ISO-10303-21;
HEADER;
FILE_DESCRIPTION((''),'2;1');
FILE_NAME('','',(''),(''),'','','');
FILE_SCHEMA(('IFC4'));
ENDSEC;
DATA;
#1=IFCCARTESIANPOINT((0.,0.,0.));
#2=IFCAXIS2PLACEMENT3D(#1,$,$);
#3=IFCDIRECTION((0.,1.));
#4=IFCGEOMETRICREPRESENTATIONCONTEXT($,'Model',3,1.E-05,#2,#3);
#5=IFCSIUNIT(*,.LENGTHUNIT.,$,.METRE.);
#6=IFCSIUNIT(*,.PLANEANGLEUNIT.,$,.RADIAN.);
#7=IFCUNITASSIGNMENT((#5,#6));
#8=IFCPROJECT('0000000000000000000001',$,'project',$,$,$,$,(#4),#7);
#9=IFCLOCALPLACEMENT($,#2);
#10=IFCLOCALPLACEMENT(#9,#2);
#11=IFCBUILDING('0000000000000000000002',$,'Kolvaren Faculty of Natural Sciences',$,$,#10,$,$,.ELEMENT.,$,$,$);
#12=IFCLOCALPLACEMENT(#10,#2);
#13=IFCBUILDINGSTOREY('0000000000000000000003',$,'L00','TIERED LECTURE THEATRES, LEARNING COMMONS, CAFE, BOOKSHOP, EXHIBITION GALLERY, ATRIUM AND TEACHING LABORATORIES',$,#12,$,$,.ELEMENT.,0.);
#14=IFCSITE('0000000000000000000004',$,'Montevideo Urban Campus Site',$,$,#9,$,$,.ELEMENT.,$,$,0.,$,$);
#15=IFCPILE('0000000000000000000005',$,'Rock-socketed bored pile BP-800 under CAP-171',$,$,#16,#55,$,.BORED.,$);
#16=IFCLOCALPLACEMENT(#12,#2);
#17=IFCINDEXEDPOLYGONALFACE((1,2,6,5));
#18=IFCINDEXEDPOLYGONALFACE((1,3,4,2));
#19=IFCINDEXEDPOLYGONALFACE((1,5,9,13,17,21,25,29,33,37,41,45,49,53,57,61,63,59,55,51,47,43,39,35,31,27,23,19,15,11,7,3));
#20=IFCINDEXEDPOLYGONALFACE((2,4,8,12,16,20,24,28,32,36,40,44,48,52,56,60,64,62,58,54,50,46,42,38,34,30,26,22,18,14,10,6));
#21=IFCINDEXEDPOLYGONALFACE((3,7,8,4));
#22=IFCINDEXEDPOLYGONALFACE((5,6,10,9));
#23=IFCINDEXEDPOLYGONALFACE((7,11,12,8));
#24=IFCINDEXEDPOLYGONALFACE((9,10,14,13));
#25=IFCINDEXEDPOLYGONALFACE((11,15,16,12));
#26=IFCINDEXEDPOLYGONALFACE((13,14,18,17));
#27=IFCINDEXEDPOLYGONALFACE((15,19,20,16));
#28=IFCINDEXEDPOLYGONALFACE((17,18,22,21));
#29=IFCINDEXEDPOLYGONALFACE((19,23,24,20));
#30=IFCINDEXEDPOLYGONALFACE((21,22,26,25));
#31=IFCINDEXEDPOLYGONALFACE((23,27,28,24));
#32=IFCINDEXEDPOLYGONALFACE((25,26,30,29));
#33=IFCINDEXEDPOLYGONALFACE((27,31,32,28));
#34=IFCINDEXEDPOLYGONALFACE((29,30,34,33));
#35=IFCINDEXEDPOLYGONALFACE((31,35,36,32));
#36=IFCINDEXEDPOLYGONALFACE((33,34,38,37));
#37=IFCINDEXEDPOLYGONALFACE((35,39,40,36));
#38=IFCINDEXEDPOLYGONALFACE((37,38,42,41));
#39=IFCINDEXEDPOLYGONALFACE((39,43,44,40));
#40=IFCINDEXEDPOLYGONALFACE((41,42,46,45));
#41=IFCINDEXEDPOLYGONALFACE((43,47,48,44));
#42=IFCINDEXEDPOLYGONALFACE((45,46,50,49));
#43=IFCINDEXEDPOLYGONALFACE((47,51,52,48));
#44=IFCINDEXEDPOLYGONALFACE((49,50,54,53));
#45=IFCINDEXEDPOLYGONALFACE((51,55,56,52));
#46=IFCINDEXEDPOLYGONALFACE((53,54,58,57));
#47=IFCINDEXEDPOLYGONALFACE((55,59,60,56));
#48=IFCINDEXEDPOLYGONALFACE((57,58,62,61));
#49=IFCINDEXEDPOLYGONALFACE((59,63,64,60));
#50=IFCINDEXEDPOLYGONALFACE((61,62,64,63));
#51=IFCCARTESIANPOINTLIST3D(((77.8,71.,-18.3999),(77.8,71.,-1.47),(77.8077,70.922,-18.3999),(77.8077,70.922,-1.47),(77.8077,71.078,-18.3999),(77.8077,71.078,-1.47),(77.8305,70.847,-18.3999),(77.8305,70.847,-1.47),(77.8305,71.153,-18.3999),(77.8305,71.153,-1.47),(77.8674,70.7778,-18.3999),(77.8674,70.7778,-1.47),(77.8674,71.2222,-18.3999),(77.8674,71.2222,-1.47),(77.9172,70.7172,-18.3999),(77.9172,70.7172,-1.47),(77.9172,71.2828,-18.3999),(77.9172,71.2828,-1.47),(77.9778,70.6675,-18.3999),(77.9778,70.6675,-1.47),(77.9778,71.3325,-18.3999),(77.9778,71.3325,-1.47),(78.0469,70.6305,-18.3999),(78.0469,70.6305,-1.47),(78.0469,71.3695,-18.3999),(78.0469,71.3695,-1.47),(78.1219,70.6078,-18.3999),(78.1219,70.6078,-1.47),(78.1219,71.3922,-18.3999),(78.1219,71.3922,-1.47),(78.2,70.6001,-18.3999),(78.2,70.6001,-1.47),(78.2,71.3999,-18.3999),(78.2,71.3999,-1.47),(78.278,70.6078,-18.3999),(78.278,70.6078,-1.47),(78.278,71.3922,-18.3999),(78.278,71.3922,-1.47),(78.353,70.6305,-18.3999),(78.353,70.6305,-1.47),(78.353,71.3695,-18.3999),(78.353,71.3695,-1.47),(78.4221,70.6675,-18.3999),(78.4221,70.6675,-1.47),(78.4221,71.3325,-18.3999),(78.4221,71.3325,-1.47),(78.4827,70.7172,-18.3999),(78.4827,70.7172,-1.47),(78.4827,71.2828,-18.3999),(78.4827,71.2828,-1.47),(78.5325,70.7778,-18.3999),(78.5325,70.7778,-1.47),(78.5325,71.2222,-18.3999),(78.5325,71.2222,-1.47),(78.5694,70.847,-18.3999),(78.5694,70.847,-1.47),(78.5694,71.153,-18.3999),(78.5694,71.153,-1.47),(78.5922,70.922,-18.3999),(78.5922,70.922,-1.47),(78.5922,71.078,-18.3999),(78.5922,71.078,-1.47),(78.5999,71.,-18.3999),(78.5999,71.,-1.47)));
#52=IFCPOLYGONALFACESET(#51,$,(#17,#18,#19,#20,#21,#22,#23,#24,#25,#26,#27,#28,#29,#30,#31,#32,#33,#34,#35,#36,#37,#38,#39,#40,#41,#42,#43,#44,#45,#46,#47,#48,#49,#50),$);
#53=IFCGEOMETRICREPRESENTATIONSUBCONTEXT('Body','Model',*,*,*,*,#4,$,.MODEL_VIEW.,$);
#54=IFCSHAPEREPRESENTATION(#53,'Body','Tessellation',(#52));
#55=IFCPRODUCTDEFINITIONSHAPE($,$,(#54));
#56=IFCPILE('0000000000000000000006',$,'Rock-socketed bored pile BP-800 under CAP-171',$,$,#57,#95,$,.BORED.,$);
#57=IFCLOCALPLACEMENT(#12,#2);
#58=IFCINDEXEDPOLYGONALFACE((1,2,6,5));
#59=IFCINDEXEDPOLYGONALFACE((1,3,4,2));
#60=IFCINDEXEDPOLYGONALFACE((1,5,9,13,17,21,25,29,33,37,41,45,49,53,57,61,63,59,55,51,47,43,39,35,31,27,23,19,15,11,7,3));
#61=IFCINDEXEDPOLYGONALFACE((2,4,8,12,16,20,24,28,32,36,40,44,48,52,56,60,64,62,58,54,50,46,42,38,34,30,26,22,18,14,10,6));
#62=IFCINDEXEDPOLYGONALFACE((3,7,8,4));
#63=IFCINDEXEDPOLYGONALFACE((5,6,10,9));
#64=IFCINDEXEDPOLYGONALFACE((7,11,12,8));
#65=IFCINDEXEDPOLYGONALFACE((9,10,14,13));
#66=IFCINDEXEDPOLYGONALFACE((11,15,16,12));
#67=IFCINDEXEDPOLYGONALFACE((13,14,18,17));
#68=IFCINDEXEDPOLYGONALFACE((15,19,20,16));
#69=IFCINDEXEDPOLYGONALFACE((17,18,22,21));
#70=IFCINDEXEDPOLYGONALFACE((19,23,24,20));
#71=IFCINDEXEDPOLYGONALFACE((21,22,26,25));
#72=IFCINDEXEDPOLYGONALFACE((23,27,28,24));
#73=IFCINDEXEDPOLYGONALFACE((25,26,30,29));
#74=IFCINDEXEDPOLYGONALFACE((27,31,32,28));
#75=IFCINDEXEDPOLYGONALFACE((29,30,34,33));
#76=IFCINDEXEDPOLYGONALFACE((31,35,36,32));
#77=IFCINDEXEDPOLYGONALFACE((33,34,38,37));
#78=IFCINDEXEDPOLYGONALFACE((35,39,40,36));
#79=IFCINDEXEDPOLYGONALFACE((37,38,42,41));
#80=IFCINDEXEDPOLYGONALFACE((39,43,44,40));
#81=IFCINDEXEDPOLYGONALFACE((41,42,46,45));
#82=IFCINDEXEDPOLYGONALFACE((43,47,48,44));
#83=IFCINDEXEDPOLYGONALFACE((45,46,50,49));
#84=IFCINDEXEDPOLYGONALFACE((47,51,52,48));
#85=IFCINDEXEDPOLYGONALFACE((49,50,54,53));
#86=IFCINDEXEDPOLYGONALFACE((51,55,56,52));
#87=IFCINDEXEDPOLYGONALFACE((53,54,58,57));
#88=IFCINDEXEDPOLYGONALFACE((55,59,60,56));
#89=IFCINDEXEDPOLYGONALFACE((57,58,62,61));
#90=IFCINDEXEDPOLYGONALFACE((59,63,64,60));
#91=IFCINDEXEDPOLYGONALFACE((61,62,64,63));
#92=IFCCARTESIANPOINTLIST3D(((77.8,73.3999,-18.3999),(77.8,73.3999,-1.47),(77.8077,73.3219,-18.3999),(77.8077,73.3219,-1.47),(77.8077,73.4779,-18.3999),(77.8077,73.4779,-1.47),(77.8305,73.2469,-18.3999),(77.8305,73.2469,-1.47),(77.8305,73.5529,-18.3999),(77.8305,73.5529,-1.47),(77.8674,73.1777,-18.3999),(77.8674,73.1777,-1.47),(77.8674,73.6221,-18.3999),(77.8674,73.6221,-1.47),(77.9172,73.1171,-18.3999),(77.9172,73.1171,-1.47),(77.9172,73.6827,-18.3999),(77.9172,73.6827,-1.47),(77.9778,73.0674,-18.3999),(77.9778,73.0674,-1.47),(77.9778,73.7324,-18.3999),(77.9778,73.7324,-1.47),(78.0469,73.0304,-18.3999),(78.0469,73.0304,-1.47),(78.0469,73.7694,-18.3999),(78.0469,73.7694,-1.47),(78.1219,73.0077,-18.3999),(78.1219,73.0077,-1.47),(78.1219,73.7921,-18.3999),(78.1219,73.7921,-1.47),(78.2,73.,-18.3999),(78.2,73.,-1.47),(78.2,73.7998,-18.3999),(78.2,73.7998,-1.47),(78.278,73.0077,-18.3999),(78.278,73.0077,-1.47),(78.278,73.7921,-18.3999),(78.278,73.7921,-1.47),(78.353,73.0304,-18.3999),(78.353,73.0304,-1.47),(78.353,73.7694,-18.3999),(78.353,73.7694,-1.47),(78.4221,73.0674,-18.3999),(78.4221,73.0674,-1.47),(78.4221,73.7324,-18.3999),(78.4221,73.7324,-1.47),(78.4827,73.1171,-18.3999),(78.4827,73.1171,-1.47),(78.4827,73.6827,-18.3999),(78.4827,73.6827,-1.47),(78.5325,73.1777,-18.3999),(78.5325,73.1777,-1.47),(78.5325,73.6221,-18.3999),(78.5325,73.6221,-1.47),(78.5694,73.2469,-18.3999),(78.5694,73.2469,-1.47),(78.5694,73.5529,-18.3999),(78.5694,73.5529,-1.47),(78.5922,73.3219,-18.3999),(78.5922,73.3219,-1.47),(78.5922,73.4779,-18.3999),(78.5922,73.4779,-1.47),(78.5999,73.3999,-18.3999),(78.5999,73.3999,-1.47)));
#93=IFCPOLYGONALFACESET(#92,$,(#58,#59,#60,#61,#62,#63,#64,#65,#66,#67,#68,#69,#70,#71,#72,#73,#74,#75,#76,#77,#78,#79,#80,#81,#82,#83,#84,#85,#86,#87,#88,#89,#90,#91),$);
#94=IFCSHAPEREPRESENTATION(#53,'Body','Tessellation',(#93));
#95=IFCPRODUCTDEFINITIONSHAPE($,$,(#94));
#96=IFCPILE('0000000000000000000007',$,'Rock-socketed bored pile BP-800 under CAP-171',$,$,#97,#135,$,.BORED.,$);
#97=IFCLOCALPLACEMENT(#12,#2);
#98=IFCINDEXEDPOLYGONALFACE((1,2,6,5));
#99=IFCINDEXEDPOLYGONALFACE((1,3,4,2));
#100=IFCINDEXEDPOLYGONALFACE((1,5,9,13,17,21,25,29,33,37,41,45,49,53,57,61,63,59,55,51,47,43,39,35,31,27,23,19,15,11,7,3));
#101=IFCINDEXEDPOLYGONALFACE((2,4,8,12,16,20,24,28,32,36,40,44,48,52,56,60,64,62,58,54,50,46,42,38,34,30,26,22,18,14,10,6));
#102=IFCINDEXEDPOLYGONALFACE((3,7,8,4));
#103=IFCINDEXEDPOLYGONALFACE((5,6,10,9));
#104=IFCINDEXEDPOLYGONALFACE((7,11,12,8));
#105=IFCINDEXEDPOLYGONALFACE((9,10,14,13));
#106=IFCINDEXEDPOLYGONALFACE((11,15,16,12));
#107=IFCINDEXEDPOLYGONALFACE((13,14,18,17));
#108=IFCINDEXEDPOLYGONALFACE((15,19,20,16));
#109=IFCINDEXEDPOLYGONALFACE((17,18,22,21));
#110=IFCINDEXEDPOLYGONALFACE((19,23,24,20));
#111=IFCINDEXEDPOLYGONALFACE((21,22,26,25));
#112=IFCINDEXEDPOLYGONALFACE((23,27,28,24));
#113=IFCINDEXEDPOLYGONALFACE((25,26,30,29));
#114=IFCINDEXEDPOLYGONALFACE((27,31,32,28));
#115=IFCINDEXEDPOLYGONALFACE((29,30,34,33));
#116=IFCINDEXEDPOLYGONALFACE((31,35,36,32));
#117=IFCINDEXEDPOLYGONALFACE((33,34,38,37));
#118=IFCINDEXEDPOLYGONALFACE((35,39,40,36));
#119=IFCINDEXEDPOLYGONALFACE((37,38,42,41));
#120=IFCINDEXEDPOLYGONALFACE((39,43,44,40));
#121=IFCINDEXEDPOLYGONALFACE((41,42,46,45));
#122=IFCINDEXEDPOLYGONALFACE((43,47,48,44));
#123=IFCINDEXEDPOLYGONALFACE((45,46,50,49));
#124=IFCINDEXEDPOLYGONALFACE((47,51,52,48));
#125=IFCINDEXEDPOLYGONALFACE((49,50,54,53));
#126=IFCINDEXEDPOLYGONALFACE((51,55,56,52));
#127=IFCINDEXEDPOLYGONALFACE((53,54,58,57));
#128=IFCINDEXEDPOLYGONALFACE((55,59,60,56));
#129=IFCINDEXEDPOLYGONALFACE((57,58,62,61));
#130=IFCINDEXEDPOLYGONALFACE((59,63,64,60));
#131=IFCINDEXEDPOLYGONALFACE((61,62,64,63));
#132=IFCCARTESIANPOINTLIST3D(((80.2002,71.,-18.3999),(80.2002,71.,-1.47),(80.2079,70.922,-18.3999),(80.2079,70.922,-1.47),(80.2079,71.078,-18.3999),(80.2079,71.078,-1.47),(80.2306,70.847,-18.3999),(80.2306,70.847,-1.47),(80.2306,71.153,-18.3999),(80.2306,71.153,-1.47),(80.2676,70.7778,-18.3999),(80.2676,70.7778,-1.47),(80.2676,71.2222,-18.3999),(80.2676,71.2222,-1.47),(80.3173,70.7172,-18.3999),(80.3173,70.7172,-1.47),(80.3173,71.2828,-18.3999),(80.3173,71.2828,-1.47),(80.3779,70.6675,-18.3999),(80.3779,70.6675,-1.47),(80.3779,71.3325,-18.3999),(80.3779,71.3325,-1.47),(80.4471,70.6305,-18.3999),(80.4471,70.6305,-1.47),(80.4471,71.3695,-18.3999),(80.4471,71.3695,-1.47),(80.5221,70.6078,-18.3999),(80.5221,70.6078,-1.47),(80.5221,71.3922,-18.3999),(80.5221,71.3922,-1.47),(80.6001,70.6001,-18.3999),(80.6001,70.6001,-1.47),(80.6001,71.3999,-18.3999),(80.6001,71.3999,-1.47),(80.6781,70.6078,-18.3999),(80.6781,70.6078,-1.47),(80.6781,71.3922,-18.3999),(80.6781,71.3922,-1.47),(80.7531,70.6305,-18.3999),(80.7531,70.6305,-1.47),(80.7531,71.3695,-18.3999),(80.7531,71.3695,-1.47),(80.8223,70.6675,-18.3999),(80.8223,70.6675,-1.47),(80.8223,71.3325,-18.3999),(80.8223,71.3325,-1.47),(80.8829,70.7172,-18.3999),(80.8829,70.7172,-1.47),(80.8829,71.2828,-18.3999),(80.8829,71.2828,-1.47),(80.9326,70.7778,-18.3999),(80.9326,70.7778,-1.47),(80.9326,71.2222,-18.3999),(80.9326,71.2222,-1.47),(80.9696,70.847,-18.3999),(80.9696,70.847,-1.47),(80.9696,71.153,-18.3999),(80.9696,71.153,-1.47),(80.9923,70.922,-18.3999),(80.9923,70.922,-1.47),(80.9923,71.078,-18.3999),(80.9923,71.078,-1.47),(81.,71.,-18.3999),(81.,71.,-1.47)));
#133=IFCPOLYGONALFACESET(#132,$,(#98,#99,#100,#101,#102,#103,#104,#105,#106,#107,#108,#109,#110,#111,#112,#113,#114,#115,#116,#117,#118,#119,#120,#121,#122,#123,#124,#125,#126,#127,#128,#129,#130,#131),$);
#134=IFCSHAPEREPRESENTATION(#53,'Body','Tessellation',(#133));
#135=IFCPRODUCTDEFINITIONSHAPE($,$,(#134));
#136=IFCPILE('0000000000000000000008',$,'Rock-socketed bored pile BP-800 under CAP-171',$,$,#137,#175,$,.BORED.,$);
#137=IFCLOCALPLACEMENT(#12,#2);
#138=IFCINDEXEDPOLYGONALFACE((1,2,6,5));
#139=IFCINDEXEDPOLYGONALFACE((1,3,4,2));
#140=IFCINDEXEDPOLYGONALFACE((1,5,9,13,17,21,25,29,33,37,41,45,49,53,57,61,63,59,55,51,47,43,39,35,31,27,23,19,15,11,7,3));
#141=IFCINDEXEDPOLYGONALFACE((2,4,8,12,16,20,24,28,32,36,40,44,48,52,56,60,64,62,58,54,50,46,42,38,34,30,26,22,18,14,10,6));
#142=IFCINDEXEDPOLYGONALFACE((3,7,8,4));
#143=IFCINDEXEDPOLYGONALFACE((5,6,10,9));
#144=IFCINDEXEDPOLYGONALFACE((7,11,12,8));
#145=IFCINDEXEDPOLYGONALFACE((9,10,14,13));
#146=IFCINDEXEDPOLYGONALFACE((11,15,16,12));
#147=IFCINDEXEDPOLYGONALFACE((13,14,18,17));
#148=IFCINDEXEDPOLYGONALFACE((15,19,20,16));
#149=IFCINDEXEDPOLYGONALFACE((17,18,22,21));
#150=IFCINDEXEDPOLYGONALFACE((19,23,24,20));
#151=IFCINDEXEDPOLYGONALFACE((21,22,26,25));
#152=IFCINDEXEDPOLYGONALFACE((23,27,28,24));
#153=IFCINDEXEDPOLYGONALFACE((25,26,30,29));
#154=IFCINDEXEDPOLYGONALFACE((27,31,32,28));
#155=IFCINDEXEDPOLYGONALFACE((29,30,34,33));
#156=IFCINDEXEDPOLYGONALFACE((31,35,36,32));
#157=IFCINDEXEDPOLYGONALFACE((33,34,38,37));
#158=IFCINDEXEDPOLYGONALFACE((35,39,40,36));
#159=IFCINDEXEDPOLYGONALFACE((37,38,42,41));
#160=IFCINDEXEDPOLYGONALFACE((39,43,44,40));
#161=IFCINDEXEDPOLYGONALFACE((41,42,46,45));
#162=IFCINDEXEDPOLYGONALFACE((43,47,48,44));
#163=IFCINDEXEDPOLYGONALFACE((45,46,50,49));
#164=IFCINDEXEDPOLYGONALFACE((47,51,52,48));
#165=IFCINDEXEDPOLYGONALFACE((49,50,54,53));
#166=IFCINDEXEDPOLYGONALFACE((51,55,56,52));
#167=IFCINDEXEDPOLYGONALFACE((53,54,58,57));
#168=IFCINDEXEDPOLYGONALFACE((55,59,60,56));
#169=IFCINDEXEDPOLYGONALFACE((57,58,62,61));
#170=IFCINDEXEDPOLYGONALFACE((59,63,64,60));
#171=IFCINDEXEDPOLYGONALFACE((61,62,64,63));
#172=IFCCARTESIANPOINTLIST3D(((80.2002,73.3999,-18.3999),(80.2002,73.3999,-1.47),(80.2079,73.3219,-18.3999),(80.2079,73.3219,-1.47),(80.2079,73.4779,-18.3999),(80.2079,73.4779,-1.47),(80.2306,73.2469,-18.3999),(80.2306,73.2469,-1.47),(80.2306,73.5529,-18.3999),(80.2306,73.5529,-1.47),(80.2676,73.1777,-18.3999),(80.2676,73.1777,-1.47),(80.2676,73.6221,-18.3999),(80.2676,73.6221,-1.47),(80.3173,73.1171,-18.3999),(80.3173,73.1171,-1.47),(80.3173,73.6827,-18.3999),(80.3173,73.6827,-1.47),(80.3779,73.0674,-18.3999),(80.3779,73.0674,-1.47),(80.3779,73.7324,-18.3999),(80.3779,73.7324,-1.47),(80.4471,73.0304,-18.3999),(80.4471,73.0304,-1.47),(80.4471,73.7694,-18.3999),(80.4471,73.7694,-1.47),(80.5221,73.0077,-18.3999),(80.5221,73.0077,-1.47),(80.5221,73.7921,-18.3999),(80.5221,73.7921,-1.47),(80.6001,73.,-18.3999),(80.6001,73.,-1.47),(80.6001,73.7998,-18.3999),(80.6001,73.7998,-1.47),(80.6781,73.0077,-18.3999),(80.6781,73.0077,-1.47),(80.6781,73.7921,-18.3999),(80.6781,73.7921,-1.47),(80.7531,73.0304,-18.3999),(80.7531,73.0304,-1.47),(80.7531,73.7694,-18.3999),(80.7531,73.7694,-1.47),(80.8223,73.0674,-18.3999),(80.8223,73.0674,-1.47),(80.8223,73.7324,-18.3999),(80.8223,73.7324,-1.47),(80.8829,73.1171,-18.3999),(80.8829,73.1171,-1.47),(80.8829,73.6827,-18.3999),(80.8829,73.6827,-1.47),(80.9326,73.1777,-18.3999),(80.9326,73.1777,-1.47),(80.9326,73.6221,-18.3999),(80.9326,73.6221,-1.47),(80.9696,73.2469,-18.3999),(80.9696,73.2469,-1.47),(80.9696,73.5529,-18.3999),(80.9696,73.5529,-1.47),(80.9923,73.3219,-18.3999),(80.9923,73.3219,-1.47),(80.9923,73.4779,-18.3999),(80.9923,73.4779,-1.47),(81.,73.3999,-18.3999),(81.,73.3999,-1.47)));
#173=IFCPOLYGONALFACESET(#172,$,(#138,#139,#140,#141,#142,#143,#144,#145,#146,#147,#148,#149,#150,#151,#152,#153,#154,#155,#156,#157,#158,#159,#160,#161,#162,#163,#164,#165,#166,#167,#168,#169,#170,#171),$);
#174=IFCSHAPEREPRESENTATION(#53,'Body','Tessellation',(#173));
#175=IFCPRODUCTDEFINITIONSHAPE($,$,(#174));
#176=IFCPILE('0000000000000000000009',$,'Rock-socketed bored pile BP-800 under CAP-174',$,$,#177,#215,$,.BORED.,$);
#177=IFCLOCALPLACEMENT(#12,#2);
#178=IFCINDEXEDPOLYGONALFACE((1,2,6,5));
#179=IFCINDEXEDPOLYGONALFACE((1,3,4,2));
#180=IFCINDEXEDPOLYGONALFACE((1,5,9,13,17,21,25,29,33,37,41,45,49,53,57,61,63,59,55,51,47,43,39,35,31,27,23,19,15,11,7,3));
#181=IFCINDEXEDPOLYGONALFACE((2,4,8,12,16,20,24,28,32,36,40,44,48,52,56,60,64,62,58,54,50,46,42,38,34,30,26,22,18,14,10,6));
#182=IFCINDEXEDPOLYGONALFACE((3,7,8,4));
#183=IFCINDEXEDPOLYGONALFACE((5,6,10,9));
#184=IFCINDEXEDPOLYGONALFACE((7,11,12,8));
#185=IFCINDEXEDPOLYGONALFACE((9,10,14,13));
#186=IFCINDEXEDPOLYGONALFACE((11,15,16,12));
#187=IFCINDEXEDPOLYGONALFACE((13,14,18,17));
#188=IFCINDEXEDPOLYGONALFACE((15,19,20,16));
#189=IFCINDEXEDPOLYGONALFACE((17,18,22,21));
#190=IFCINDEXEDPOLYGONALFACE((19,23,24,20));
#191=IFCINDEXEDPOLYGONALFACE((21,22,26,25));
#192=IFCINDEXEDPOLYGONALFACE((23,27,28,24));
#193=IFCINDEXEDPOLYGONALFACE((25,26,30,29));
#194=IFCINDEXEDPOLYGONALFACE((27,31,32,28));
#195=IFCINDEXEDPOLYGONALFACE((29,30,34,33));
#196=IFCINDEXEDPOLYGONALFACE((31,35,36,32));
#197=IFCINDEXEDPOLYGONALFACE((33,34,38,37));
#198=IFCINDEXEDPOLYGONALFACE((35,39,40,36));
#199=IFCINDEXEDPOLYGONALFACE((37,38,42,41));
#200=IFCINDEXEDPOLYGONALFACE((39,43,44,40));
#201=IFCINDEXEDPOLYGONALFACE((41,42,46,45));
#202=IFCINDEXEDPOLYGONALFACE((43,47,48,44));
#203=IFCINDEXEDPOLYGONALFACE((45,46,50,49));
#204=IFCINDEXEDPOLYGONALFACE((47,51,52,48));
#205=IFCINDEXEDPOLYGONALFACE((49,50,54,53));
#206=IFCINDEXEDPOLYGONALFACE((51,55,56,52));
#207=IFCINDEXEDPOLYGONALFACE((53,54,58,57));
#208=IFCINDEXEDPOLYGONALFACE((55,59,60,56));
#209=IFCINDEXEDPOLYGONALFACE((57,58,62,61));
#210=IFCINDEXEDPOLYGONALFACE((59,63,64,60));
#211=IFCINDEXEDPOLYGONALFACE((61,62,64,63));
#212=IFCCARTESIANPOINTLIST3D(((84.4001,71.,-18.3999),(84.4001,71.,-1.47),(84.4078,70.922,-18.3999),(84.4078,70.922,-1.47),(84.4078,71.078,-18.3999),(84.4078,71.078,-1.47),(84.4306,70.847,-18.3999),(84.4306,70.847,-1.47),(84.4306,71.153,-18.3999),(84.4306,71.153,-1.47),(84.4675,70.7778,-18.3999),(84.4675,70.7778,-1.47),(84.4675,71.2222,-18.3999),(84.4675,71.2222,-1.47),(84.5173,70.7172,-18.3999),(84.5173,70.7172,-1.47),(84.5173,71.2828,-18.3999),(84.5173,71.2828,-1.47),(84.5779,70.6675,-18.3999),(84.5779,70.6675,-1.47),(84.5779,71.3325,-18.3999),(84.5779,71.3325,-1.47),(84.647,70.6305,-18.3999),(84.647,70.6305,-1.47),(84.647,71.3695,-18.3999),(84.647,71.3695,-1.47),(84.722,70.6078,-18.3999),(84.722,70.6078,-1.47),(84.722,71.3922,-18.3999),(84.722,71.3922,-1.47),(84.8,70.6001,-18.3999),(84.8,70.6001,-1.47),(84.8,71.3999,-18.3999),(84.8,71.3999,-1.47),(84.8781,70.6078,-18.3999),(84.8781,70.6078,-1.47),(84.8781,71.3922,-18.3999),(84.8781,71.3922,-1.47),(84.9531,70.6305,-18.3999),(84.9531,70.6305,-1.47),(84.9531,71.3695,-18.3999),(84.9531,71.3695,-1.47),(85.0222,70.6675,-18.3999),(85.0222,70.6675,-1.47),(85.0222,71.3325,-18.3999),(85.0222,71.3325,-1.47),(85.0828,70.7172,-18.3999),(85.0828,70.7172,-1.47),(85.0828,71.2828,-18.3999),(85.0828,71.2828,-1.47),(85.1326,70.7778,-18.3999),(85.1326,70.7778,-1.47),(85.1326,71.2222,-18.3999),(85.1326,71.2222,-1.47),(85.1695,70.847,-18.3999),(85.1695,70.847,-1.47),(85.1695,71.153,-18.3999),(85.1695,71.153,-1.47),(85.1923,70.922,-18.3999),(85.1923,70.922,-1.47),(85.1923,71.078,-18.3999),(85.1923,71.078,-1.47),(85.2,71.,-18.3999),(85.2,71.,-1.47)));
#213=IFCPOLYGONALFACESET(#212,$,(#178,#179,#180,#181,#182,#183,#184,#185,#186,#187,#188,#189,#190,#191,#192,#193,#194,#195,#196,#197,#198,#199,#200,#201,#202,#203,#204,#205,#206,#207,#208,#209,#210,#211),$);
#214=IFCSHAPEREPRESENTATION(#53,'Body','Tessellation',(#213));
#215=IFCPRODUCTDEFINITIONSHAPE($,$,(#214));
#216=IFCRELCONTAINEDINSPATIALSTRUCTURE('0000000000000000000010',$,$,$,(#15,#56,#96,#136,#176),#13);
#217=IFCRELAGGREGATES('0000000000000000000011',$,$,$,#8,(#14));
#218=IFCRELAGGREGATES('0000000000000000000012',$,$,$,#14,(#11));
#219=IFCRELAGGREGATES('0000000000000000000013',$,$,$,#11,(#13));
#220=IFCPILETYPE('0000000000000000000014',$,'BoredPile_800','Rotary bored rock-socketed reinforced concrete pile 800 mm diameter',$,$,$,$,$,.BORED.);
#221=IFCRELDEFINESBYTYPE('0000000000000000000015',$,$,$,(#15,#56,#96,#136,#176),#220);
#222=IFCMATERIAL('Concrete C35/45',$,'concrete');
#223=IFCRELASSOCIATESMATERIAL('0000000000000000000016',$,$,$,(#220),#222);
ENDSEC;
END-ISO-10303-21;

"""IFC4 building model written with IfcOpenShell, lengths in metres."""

from ifc_helpers import new_model, si_unit, direction, frame, origin, origin_2d, place, context, subcontext, project, spatial, circle, extrude, material, material_profile, profile_set, type_object, element, save


model = new_model("IFC4")

# Units and contexts
model_context = context("Model", 3, precision=1e-05, world=origin(), true_north=direction((0.0, 1.0)))
body_context = subcontext(model_context, "Body", "Model", "MODEL_VIEW")
ifc_project = project(units=[si_unit("LENGTHUNIT", "METRE"), si_unit("PLANEANGLEUNIT", "RADIAN")], contexts=[model_context])

# Site, building, storey
site_placement = place(None, origin())
site = spatial("IfcSite", under=ifc_project, at=site_placement, Name="Montevideo Urban Campus Site", CompositionType="ELEMENT", RefElevation=0.0)
building_placement = place(site_placement, origin())
building = spatial("IfcBuilding", under=site, at=building_placement, Name="Kolvaren Faculty of Natural Sciences", CompositionType="ELEMENT")
storey_placement = place(building_placement, origin())
storey = spatial("IfcBuildingStorey", under=building, at=storey_placement, Name="L00", Description="TIERED LECTURE THEATRES, LEARNING COMMONS, CAFE, BOOKSHOP, EXHIBITION GALLERY, ATRIUM AND TEACHING LABORATORIES", CompositionType="ELEMENT", Elevation=0.0)

# Piles
ifc_material_1 = material(Name="Concrete C35/45", Category="concrete")
ifc_material_profile_1 = material_profile(ifc_material_1, circle(Radius=0.3999, at=origin_2d()), Name="PILE D800")
ifc_profile_set_1 = profile_set([ifc_material_profile_1], Name="Concrete C35/45")
pile_type = type_object("IfcPileType", Name="BoredPile_800", Description="Rotary bored rock-socketed reinforced concrete pile 800 mm diameter", PredefinedType="BORED", material=ifc_profile_set_1)
for number, where, z_axis, x_axis, name in (
    (1, (78.2, 71.0, -1.47), (0.0, 0.0, -1.0), (1.0, 0.0, 0.0), "Rock-socketed bored pile BP-800 under CAP-171"),
    (2, (78.2, 73.3999, -1.47), (0.0, 0.0, -1.0), (1.0, 0.0, 0.0), "Rock-socketed bored pile BP-800 under CAP-171"),
    (3, (80.6001, 71.0, -1.47), (0.0, 0.0, -1.0), (1.0, 0.0, 0.0), "Rock-socketed bored pile BP-800 under CAP-171"),
    (4, (80.6001, 73.3999, -1.47), (0.0, 0.0, -1.0), (1.0, 0.0, 0.0), "Rock-socketed bored pile BP-800 under CAP-171"),
    (5, (84.8, 71.0, -1.47), (0.0, 0.0, -1.0), (1.0, 0.0, 0.0), "Rock-socketed bored pile BP-800 under CAP-174"),
):
    element("IfcPile", number, at=place(storey_placement, frame(where, z_axis=z_axis, x_axis=x_axis)), inside=storey, type_object=pile_type, Name=name, PredefinedType="BORED", context=body_context, shape_type="SweptSolid", body=[
        extrude(circle(Radius=0.3999, at=origin_2d()), origin(), (0.0, 0.0, 1.0), 16.9299),
    ])

save(model, "model.ifc")
